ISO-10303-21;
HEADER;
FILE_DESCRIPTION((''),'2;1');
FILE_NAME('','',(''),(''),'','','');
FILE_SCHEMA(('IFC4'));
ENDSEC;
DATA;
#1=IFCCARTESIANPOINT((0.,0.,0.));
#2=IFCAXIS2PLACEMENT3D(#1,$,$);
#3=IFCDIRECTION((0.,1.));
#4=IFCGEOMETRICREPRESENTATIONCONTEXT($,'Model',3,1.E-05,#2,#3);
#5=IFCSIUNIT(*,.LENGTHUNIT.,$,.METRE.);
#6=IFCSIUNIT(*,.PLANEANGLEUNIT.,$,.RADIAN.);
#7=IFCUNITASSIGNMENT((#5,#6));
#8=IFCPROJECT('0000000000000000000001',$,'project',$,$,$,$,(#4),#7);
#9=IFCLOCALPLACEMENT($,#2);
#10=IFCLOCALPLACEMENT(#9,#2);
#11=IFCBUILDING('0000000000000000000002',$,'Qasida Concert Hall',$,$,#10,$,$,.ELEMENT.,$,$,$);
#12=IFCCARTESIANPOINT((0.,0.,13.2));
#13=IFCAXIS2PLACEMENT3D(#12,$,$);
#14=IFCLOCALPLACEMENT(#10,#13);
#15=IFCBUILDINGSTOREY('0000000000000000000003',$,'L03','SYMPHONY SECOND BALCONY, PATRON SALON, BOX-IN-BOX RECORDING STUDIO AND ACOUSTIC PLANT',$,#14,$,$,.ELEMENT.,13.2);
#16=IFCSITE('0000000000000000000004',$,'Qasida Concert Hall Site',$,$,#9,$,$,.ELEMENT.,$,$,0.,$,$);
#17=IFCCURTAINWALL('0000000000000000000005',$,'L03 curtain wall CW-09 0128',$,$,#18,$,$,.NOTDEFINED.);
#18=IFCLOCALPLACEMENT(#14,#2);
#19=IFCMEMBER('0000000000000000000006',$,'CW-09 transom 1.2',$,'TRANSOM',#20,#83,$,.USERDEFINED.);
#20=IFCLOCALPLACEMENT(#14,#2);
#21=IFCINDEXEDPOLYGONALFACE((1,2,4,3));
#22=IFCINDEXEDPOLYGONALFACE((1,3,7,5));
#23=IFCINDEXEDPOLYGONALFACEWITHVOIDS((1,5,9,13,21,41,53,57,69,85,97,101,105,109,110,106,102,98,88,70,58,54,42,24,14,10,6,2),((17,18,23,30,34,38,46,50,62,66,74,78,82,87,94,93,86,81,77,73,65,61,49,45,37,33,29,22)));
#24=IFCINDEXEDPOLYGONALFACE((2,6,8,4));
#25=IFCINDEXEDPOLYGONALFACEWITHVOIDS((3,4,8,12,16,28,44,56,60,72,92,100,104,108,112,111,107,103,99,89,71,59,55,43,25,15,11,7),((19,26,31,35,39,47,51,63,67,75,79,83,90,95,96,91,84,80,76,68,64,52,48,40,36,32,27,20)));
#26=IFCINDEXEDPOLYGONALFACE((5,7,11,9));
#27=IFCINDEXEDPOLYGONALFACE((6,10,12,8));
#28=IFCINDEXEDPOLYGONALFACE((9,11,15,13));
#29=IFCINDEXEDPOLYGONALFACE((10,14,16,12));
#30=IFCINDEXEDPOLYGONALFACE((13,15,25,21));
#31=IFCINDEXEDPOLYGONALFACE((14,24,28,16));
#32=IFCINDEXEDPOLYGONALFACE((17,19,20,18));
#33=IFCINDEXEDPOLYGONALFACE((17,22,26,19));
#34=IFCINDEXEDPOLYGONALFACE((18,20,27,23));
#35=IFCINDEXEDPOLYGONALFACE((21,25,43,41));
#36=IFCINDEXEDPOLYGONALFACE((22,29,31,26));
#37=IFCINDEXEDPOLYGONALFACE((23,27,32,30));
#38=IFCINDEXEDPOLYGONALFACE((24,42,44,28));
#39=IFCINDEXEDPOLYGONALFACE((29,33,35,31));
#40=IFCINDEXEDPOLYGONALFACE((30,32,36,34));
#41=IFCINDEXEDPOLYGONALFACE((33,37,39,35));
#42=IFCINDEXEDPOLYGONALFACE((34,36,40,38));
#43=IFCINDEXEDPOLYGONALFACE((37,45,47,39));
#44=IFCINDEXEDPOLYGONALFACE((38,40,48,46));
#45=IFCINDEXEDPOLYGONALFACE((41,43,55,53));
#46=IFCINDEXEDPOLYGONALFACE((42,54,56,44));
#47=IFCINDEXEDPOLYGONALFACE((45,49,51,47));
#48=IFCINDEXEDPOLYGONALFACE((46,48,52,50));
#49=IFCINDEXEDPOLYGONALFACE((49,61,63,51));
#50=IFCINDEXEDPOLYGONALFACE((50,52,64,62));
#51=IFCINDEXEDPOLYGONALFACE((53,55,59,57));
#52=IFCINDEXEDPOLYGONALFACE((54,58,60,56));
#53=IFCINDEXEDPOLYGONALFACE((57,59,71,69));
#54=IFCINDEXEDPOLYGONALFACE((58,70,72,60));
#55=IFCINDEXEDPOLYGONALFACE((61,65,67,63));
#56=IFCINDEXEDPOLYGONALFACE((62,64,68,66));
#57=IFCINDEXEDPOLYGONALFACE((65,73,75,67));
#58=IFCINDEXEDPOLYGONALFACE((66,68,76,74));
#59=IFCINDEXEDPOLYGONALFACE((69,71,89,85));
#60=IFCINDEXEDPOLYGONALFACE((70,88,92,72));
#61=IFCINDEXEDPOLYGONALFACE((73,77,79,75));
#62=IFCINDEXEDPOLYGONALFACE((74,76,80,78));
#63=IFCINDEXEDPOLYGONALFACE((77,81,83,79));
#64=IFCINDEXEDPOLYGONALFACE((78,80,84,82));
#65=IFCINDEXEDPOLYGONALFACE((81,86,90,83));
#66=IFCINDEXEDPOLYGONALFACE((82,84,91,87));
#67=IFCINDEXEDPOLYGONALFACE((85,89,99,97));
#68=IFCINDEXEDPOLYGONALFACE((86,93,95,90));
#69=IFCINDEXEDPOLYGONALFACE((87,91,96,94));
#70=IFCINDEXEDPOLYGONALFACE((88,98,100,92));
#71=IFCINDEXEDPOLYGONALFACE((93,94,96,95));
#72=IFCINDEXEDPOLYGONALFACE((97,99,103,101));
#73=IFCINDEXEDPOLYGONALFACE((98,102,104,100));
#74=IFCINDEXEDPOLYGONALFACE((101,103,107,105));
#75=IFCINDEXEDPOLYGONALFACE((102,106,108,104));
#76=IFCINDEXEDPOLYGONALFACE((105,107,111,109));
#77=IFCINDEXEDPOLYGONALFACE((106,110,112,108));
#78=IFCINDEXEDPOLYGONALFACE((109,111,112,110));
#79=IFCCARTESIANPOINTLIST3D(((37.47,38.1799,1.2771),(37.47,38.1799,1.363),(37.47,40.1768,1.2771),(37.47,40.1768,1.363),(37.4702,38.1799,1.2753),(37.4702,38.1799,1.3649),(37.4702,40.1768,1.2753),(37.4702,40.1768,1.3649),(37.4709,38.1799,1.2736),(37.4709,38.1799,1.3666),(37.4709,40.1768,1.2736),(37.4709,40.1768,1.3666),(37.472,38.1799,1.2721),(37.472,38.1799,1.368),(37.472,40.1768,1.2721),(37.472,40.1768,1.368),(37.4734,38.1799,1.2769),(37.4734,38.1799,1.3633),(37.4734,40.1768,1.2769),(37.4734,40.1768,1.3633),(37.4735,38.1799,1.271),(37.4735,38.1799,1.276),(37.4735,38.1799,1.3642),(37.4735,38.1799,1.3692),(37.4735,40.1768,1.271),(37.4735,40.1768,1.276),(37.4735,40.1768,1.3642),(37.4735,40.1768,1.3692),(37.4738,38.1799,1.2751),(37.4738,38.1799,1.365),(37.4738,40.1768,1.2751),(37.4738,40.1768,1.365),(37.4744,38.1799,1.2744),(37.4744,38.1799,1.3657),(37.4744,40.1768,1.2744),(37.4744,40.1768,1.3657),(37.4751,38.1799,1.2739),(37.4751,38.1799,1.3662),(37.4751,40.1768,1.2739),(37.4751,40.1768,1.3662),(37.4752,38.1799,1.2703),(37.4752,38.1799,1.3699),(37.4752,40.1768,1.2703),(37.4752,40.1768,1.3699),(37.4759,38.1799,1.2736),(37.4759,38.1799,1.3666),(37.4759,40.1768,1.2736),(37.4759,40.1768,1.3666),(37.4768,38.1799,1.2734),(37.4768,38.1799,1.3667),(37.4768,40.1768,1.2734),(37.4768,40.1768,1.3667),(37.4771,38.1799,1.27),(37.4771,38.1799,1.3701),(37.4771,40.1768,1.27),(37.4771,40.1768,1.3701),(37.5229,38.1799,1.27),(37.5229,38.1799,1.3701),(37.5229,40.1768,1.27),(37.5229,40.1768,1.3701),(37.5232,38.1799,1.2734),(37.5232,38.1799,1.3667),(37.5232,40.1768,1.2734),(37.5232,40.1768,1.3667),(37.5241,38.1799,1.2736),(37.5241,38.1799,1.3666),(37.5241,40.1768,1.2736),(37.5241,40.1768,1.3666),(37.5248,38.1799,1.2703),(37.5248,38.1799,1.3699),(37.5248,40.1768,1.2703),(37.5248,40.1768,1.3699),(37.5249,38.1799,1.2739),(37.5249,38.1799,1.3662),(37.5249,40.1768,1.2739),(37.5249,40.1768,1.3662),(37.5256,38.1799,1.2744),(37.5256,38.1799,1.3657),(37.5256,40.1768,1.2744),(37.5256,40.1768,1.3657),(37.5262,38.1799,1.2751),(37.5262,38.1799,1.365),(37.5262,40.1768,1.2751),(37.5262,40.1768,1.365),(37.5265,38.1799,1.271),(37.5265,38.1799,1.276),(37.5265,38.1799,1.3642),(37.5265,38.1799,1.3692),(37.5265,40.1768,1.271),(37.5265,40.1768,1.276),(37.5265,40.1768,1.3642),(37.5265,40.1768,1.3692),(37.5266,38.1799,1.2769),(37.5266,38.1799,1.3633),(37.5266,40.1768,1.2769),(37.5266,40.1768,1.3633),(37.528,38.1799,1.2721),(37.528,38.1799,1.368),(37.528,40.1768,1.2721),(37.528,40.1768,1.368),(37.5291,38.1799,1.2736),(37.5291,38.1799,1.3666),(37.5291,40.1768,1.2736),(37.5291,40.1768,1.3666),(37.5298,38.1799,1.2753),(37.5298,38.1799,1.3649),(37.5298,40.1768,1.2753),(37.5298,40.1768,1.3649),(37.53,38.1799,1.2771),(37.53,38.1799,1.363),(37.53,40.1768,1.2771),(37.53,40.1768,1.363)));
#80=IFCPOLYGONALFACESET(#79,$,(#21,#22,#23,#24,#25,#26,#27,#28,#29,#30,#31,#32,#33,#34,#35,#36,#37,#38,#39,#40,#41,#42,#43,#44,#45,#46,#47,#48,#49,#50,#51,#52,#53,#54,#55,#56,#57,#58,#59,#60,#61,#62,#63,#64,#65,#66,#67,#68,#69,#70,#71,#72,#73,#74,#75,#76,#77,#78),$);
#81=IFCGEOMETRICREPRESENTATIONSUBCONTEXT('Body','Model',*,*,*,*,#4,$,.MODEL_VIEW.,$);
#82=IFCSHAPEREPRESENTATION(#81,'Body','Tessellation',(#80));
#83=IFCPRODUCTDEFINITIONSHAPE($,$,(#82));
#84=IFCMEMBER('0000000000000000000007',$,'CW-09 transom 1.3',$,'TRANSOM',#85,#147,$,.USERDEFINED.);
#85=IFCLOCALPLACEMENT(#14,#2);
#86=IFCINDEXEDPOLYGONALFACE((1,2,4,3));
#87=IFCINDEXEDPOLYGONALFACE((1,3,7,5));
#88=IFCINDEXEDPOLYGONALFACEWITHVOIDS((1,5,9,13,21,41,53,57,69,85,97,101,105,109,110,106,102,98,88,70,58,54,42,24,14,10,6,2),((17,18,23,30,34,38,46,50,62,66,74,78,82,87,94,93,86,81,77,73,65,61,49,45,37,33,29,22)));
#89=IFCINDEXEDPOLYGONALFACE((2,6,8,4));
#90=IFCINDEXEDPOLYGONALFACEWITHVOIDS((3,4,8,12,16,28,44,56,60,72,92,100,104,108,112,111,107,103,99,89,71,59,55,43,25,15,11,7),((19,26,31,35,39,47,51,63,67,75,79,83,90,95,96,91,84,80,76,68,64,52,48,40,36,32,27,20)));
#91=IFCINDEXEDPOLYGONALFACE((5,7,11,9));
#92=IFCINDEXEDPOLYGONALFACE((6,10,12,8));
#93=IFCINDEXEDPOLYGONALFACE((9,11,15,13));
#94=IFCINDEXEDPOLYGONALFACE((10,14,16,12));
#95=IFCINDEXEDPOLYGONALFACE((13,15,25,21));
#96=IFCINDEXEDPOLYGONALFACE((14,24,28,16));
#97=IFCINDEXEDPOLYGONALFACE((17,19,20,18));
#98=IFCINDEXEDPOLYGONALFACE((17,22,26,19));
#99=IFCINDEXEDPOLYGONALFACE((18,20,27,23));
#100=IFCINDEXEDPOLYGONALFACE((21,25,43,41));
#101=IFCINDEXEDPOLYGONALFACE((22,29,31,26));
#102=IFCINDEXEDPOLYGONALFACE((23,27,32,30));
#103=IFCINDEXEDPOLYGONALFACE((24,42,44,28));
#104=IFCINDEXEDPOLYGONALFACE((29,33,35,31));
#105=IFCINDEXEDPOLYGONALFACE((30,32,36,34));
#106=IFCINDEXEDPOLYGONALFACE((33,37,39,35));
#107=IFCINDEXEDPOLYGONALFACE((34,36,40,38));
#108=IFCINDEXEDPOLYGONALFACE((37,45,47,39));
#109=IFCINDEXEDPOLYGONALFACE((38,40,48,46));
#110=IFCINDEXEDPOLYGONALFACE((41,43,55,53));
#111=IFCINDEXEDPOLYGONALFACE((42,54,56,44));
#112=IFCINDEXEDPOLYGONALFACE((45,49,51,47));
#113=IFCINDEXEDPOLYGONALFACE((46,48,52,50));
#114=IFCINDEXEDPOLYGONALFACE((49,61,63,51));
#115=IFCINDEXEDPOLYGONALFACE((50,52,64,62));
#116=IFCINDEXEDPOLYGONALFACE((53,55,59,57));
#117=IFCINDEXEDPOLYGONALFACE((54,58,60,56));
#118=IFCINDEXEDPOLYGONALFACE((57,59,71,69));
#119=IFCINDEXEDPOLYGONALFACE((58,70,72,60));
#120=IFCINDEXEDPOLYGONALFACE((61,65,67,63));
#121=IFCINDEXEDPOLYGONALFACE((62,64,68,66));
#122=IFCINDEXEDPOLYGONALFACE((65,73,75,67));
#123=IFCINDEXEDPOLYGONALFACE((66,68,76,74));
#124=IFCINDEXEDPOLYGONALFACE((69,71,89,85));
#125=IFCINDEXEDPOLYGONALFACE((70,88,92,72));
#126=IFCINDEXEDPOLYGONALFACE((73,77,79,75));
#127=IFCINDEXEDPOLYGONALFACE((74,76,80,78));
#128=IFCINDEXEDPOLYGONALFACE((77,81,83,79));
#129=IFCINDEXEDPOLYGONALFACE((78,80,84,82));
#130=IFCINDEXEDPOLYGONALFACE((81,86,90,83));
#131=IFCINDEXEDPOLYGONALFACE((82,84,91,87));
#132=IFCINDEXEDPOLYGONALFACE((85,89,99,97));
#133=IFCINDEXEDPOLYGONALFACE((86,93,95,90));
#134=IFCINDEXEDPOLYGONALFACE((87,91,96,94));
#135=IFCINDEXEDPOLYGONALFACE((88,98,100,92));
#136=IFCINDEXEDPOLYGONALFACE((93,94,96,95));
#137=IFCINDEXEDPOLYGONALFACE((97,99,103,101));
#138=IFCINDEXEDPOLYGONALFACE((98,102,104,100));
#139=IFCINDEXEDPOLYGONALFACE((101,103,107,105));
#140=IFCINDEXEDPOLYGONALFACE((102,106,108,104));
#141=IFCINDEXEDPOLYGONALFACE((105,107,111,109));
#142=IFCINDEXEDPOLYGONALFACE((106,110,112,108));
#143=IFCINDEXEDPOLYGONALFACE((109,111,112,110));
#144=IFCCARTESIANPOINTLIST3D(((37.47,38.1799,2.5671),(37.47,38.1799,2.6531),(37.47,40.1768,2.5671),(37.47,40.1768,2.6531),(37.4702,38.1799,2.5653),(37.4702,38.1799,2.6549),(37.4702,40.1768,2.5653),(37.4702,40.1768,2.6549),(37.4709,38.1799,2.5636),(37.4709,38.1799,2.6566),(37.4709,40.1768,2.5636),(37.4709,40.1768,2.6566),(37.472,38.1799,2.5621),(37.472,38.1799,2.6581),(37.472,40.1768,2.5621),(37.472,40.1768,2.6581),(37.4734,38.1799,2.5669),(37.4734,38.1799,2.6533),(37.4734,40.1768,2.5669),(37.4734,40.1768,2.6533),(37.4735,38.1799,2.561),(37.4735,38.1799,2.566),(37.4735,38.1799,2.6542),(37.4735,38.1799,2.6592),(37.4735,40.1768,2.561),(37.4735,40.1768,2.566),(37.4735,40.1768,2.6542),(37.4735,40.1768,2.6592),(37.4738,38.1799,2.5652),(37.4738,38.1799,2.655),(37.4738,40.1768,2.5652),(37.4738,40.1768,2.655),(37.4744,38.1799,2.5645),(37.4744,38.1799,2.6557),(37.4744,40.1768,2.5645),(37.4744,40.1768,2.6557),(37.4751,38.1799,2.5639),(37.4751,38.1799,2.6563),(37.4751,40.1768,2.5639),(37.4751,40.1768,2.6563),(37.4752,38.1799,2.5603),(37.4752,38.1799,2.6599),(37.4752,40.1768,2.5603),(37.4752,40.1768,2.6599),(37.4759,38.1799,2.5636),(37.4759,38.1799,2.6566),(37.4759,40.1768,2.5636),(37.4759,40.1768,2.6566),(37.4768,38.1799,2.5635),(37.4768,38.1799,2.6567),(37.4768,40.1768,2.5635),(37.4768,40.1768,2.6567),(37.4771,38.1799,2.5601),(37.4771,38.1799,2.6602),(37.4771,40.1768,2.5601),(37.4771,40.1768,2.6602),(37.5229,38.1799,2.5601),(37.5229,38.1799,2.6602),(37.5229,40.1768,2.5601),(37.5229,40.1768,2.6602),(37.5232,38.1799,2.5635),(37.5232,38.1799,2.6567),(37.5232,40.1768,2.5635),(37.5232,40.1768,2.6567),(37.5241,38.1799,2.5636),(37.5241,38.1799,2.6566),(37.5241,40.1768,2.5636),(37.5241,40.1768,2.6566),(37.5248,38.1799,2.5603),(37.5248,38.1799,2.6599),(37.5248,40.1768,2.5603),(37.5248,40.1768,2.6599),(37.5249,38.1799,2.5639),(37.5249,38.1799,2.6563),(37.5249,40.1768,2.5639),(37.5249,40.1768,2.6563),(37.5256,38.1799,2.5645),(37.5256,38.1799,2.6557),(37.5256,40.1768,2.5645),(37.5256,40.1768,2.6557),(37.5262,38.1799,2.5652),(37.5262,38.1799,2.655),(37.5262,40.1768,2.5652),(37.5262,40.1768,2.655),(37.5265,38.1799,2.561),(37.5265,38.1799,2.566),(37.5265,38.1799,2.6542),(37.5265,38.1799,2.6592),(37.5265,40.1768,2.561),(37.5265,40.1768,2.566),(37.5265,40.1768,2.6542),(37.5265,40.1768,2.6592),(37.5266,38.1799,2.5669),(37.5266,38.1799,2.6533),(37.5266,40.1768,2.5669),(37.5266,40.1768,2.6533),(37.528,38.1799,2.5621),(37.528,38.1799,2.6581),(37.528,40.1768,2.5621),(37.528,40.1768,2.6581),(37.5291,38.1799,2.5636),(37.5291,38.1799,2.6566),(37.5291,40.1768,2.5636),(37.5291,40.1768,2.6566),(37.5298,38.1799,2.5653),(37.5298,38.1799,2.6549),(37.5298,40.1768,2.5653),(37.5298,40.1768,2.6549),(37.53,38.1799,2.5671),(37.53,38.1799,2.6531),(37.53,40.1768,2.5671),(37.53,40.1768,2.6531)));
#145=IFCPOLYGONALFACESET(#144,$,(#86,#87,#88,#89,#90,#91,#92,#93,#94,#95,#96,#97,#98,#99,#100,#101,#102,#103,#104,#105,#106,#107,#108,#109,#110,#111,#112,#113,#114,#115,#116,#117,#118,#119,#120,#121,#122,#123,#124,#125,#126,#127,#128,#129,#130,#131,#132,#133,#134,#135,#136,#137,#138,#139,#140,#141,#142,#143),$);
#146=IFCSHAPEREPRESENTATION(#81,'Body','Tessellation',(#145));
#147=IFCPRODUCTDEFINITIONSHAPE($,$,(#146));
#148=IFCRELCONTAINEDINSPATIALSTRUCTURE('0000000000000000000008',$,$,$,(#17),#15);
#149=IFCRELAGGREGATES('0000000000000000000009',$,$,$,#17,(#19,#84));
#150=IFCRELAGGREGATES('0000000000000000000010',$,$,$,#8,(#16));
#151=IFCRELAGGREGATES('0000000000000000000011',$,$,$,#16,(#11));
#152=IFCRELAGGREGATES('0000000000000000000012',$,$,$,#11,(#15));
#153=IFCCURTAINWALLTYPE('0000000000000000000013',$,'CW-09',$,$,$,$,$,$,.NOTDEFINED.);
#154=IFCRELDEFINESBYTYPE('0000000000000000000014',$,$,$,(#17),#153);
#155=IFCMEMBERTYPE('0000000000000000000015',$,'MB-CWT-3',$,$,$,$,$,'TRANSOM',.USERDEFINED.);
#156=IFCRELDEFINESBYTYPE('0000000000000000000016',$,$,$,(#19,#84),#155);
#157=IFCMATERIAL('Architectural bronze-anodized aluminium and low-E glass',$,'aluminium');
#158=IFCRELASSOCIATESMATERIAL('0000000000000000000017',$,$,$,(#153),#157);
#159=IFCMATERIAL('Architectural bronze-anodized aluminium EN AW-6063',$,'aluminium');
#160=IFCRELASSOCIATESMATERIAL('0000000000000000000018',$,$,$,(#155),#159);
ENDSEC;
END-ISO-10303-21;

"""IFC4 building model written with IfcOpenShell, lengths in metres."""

from ifc_helpers import new_model, si_unit, direction, frame, origin, origin_2d, place, context, subcontext, project, spatial, hollow_rectangle, extrude, material, material_profile, profile_set, type_object, element, aggregate, save


model = new_model("IFC4")

# Units and contexts
model_context = context("Model", 3, precision=1e-05, world=origin(), true_north=direction((0.0, 1.0)))
body_context = subcontext(model_context, "Body", "Model", "MODEL_VIEW")
ifc_project = project(units=[si_unit("LENGTHUNIT", "METRE"), si_unit("PLANEANGLEUNIT", "RADIAN")], contexts=[model_context])

# Site, building, storey
site_placement = place(None, origin())
site = spatial("IfcSite", under=ifc_project, at=site_placement, Name="Qasida Concert Hall Site", CompositionType="ELEMENT", RefElevation=0.0)
building_placement = place(site_placement, origin())
building = spatial("IfcBuilding", under=site, at=building_placement, Name="Qasida Concert Hall", CompositionType="ELEMENT")
storey_placement = place(building_placement, frame((0.0, 0.0, 13.2)))
storey = spatial("IfcBuildingStorey", under=building, at=storey_placement, Name="L03", Description="SYMPHONY SECOND BALCONY, PATRON SALON, BOX-IN-BOX RECORDING STUDIO AND ACOUSTIC PLANT", CompositionType="ELEMENT", Elevation=13.2)

# Curtain wall
ifc_material_1 = material(Name="Architectural bronze-anodized aluminium and low-E glass", Category="aluminium")
curtain_wall_type = type_object("IfcCurtainWallType", Name="CW-09", PredefinedType="NOTDEFINED", material=ifc_material_1)
curtain_wall_1_placement = place(storey_placement, origin())
curtain_wall_1 = element("IfcCurtainWall", 1, at=curtain_wall_1_placement, inside=storey, type_object=curtain_wall_type, Name="L03 curtain wall CW-09 0128", PredefinedType="NOTDEFINED")
ifc_material_2 = material(Name="Architectural bronze-anodized aluminium EN AW-6063", Category="aluminium")

# Members
ifc_material_profile_1 = material_profile(ifc_material_2, hollow_rectangle(XDim=0.0601, YDim=0.1001, WallThickness=0.0034, InnerFilletRadius=0.0034, OuterFilletRadius=0.0071, at=origin_2d()), Name="CWT 100x60x3.5")
ifc_profile_set_1 = profile_set([ifc_material_profile_1], Name="Architectural bronze-anodized aluminium EN AW-6063")
member_type_1 = type_object("IfcMemberType", Name="MB-CWT-3", ElementType="TRANSOM", PredefinedType="USERDEFINED", material=ifc_profile_set_1)
member_1_placement = place(storey_placement, frame((37.5, 38.1799, 1.3201), z_axis=(0.0, 1.0, 0.0), x_axis=(-1.0, 0.0, 0.0)))
member_1 = element("IfcMember", 2, at=member_1_placement, type_object=member_type_1, Name="CW-09 transom 1.2", ObjectType="TRANSOM", PredefinedType="USERDEFINED", context=body_context, shape_type="SweptSolid", body=[
    extrude(hollow_rectangle(XDim=0.0601, YDim=0.1001, WallThickness=0.0034, InnerFilletRadius=0.0034, OuterFilletRadius=0.0071, at=origin_2d()), origin(), (0.0, 0.0, 1.0), 1.9968),
])
member_2_placement = place(storey_placement, frame((37.5, 38.1799, 2.6101), z_axis=(0.0, 1.0, 0.0), x_axis=(-1.0, 0.0, 0.0)))
member_2 = element("IfcMember", 3, at=member_2_placement, type_object=member_type_1, Name="CW-09 transom 1.3", ObjectType="TRANSOM", PredefinedType="USERDEFINED", context=body_context, shape_type="SweptSolid", body=[
    extrude(hollow_rectangle(XDim=0.0601, YDim=0.1001, WallThickness=0.0034, InnerFilletRadius=0.0034, OuterFilletRadius=0.0071, at=origin_2d()), origin(), (0.0, 0.0, 1.0), 1.9968),
])

aggregate(curtain_wall_1, [member_1, member_2])

save(model, "model.ifc")
